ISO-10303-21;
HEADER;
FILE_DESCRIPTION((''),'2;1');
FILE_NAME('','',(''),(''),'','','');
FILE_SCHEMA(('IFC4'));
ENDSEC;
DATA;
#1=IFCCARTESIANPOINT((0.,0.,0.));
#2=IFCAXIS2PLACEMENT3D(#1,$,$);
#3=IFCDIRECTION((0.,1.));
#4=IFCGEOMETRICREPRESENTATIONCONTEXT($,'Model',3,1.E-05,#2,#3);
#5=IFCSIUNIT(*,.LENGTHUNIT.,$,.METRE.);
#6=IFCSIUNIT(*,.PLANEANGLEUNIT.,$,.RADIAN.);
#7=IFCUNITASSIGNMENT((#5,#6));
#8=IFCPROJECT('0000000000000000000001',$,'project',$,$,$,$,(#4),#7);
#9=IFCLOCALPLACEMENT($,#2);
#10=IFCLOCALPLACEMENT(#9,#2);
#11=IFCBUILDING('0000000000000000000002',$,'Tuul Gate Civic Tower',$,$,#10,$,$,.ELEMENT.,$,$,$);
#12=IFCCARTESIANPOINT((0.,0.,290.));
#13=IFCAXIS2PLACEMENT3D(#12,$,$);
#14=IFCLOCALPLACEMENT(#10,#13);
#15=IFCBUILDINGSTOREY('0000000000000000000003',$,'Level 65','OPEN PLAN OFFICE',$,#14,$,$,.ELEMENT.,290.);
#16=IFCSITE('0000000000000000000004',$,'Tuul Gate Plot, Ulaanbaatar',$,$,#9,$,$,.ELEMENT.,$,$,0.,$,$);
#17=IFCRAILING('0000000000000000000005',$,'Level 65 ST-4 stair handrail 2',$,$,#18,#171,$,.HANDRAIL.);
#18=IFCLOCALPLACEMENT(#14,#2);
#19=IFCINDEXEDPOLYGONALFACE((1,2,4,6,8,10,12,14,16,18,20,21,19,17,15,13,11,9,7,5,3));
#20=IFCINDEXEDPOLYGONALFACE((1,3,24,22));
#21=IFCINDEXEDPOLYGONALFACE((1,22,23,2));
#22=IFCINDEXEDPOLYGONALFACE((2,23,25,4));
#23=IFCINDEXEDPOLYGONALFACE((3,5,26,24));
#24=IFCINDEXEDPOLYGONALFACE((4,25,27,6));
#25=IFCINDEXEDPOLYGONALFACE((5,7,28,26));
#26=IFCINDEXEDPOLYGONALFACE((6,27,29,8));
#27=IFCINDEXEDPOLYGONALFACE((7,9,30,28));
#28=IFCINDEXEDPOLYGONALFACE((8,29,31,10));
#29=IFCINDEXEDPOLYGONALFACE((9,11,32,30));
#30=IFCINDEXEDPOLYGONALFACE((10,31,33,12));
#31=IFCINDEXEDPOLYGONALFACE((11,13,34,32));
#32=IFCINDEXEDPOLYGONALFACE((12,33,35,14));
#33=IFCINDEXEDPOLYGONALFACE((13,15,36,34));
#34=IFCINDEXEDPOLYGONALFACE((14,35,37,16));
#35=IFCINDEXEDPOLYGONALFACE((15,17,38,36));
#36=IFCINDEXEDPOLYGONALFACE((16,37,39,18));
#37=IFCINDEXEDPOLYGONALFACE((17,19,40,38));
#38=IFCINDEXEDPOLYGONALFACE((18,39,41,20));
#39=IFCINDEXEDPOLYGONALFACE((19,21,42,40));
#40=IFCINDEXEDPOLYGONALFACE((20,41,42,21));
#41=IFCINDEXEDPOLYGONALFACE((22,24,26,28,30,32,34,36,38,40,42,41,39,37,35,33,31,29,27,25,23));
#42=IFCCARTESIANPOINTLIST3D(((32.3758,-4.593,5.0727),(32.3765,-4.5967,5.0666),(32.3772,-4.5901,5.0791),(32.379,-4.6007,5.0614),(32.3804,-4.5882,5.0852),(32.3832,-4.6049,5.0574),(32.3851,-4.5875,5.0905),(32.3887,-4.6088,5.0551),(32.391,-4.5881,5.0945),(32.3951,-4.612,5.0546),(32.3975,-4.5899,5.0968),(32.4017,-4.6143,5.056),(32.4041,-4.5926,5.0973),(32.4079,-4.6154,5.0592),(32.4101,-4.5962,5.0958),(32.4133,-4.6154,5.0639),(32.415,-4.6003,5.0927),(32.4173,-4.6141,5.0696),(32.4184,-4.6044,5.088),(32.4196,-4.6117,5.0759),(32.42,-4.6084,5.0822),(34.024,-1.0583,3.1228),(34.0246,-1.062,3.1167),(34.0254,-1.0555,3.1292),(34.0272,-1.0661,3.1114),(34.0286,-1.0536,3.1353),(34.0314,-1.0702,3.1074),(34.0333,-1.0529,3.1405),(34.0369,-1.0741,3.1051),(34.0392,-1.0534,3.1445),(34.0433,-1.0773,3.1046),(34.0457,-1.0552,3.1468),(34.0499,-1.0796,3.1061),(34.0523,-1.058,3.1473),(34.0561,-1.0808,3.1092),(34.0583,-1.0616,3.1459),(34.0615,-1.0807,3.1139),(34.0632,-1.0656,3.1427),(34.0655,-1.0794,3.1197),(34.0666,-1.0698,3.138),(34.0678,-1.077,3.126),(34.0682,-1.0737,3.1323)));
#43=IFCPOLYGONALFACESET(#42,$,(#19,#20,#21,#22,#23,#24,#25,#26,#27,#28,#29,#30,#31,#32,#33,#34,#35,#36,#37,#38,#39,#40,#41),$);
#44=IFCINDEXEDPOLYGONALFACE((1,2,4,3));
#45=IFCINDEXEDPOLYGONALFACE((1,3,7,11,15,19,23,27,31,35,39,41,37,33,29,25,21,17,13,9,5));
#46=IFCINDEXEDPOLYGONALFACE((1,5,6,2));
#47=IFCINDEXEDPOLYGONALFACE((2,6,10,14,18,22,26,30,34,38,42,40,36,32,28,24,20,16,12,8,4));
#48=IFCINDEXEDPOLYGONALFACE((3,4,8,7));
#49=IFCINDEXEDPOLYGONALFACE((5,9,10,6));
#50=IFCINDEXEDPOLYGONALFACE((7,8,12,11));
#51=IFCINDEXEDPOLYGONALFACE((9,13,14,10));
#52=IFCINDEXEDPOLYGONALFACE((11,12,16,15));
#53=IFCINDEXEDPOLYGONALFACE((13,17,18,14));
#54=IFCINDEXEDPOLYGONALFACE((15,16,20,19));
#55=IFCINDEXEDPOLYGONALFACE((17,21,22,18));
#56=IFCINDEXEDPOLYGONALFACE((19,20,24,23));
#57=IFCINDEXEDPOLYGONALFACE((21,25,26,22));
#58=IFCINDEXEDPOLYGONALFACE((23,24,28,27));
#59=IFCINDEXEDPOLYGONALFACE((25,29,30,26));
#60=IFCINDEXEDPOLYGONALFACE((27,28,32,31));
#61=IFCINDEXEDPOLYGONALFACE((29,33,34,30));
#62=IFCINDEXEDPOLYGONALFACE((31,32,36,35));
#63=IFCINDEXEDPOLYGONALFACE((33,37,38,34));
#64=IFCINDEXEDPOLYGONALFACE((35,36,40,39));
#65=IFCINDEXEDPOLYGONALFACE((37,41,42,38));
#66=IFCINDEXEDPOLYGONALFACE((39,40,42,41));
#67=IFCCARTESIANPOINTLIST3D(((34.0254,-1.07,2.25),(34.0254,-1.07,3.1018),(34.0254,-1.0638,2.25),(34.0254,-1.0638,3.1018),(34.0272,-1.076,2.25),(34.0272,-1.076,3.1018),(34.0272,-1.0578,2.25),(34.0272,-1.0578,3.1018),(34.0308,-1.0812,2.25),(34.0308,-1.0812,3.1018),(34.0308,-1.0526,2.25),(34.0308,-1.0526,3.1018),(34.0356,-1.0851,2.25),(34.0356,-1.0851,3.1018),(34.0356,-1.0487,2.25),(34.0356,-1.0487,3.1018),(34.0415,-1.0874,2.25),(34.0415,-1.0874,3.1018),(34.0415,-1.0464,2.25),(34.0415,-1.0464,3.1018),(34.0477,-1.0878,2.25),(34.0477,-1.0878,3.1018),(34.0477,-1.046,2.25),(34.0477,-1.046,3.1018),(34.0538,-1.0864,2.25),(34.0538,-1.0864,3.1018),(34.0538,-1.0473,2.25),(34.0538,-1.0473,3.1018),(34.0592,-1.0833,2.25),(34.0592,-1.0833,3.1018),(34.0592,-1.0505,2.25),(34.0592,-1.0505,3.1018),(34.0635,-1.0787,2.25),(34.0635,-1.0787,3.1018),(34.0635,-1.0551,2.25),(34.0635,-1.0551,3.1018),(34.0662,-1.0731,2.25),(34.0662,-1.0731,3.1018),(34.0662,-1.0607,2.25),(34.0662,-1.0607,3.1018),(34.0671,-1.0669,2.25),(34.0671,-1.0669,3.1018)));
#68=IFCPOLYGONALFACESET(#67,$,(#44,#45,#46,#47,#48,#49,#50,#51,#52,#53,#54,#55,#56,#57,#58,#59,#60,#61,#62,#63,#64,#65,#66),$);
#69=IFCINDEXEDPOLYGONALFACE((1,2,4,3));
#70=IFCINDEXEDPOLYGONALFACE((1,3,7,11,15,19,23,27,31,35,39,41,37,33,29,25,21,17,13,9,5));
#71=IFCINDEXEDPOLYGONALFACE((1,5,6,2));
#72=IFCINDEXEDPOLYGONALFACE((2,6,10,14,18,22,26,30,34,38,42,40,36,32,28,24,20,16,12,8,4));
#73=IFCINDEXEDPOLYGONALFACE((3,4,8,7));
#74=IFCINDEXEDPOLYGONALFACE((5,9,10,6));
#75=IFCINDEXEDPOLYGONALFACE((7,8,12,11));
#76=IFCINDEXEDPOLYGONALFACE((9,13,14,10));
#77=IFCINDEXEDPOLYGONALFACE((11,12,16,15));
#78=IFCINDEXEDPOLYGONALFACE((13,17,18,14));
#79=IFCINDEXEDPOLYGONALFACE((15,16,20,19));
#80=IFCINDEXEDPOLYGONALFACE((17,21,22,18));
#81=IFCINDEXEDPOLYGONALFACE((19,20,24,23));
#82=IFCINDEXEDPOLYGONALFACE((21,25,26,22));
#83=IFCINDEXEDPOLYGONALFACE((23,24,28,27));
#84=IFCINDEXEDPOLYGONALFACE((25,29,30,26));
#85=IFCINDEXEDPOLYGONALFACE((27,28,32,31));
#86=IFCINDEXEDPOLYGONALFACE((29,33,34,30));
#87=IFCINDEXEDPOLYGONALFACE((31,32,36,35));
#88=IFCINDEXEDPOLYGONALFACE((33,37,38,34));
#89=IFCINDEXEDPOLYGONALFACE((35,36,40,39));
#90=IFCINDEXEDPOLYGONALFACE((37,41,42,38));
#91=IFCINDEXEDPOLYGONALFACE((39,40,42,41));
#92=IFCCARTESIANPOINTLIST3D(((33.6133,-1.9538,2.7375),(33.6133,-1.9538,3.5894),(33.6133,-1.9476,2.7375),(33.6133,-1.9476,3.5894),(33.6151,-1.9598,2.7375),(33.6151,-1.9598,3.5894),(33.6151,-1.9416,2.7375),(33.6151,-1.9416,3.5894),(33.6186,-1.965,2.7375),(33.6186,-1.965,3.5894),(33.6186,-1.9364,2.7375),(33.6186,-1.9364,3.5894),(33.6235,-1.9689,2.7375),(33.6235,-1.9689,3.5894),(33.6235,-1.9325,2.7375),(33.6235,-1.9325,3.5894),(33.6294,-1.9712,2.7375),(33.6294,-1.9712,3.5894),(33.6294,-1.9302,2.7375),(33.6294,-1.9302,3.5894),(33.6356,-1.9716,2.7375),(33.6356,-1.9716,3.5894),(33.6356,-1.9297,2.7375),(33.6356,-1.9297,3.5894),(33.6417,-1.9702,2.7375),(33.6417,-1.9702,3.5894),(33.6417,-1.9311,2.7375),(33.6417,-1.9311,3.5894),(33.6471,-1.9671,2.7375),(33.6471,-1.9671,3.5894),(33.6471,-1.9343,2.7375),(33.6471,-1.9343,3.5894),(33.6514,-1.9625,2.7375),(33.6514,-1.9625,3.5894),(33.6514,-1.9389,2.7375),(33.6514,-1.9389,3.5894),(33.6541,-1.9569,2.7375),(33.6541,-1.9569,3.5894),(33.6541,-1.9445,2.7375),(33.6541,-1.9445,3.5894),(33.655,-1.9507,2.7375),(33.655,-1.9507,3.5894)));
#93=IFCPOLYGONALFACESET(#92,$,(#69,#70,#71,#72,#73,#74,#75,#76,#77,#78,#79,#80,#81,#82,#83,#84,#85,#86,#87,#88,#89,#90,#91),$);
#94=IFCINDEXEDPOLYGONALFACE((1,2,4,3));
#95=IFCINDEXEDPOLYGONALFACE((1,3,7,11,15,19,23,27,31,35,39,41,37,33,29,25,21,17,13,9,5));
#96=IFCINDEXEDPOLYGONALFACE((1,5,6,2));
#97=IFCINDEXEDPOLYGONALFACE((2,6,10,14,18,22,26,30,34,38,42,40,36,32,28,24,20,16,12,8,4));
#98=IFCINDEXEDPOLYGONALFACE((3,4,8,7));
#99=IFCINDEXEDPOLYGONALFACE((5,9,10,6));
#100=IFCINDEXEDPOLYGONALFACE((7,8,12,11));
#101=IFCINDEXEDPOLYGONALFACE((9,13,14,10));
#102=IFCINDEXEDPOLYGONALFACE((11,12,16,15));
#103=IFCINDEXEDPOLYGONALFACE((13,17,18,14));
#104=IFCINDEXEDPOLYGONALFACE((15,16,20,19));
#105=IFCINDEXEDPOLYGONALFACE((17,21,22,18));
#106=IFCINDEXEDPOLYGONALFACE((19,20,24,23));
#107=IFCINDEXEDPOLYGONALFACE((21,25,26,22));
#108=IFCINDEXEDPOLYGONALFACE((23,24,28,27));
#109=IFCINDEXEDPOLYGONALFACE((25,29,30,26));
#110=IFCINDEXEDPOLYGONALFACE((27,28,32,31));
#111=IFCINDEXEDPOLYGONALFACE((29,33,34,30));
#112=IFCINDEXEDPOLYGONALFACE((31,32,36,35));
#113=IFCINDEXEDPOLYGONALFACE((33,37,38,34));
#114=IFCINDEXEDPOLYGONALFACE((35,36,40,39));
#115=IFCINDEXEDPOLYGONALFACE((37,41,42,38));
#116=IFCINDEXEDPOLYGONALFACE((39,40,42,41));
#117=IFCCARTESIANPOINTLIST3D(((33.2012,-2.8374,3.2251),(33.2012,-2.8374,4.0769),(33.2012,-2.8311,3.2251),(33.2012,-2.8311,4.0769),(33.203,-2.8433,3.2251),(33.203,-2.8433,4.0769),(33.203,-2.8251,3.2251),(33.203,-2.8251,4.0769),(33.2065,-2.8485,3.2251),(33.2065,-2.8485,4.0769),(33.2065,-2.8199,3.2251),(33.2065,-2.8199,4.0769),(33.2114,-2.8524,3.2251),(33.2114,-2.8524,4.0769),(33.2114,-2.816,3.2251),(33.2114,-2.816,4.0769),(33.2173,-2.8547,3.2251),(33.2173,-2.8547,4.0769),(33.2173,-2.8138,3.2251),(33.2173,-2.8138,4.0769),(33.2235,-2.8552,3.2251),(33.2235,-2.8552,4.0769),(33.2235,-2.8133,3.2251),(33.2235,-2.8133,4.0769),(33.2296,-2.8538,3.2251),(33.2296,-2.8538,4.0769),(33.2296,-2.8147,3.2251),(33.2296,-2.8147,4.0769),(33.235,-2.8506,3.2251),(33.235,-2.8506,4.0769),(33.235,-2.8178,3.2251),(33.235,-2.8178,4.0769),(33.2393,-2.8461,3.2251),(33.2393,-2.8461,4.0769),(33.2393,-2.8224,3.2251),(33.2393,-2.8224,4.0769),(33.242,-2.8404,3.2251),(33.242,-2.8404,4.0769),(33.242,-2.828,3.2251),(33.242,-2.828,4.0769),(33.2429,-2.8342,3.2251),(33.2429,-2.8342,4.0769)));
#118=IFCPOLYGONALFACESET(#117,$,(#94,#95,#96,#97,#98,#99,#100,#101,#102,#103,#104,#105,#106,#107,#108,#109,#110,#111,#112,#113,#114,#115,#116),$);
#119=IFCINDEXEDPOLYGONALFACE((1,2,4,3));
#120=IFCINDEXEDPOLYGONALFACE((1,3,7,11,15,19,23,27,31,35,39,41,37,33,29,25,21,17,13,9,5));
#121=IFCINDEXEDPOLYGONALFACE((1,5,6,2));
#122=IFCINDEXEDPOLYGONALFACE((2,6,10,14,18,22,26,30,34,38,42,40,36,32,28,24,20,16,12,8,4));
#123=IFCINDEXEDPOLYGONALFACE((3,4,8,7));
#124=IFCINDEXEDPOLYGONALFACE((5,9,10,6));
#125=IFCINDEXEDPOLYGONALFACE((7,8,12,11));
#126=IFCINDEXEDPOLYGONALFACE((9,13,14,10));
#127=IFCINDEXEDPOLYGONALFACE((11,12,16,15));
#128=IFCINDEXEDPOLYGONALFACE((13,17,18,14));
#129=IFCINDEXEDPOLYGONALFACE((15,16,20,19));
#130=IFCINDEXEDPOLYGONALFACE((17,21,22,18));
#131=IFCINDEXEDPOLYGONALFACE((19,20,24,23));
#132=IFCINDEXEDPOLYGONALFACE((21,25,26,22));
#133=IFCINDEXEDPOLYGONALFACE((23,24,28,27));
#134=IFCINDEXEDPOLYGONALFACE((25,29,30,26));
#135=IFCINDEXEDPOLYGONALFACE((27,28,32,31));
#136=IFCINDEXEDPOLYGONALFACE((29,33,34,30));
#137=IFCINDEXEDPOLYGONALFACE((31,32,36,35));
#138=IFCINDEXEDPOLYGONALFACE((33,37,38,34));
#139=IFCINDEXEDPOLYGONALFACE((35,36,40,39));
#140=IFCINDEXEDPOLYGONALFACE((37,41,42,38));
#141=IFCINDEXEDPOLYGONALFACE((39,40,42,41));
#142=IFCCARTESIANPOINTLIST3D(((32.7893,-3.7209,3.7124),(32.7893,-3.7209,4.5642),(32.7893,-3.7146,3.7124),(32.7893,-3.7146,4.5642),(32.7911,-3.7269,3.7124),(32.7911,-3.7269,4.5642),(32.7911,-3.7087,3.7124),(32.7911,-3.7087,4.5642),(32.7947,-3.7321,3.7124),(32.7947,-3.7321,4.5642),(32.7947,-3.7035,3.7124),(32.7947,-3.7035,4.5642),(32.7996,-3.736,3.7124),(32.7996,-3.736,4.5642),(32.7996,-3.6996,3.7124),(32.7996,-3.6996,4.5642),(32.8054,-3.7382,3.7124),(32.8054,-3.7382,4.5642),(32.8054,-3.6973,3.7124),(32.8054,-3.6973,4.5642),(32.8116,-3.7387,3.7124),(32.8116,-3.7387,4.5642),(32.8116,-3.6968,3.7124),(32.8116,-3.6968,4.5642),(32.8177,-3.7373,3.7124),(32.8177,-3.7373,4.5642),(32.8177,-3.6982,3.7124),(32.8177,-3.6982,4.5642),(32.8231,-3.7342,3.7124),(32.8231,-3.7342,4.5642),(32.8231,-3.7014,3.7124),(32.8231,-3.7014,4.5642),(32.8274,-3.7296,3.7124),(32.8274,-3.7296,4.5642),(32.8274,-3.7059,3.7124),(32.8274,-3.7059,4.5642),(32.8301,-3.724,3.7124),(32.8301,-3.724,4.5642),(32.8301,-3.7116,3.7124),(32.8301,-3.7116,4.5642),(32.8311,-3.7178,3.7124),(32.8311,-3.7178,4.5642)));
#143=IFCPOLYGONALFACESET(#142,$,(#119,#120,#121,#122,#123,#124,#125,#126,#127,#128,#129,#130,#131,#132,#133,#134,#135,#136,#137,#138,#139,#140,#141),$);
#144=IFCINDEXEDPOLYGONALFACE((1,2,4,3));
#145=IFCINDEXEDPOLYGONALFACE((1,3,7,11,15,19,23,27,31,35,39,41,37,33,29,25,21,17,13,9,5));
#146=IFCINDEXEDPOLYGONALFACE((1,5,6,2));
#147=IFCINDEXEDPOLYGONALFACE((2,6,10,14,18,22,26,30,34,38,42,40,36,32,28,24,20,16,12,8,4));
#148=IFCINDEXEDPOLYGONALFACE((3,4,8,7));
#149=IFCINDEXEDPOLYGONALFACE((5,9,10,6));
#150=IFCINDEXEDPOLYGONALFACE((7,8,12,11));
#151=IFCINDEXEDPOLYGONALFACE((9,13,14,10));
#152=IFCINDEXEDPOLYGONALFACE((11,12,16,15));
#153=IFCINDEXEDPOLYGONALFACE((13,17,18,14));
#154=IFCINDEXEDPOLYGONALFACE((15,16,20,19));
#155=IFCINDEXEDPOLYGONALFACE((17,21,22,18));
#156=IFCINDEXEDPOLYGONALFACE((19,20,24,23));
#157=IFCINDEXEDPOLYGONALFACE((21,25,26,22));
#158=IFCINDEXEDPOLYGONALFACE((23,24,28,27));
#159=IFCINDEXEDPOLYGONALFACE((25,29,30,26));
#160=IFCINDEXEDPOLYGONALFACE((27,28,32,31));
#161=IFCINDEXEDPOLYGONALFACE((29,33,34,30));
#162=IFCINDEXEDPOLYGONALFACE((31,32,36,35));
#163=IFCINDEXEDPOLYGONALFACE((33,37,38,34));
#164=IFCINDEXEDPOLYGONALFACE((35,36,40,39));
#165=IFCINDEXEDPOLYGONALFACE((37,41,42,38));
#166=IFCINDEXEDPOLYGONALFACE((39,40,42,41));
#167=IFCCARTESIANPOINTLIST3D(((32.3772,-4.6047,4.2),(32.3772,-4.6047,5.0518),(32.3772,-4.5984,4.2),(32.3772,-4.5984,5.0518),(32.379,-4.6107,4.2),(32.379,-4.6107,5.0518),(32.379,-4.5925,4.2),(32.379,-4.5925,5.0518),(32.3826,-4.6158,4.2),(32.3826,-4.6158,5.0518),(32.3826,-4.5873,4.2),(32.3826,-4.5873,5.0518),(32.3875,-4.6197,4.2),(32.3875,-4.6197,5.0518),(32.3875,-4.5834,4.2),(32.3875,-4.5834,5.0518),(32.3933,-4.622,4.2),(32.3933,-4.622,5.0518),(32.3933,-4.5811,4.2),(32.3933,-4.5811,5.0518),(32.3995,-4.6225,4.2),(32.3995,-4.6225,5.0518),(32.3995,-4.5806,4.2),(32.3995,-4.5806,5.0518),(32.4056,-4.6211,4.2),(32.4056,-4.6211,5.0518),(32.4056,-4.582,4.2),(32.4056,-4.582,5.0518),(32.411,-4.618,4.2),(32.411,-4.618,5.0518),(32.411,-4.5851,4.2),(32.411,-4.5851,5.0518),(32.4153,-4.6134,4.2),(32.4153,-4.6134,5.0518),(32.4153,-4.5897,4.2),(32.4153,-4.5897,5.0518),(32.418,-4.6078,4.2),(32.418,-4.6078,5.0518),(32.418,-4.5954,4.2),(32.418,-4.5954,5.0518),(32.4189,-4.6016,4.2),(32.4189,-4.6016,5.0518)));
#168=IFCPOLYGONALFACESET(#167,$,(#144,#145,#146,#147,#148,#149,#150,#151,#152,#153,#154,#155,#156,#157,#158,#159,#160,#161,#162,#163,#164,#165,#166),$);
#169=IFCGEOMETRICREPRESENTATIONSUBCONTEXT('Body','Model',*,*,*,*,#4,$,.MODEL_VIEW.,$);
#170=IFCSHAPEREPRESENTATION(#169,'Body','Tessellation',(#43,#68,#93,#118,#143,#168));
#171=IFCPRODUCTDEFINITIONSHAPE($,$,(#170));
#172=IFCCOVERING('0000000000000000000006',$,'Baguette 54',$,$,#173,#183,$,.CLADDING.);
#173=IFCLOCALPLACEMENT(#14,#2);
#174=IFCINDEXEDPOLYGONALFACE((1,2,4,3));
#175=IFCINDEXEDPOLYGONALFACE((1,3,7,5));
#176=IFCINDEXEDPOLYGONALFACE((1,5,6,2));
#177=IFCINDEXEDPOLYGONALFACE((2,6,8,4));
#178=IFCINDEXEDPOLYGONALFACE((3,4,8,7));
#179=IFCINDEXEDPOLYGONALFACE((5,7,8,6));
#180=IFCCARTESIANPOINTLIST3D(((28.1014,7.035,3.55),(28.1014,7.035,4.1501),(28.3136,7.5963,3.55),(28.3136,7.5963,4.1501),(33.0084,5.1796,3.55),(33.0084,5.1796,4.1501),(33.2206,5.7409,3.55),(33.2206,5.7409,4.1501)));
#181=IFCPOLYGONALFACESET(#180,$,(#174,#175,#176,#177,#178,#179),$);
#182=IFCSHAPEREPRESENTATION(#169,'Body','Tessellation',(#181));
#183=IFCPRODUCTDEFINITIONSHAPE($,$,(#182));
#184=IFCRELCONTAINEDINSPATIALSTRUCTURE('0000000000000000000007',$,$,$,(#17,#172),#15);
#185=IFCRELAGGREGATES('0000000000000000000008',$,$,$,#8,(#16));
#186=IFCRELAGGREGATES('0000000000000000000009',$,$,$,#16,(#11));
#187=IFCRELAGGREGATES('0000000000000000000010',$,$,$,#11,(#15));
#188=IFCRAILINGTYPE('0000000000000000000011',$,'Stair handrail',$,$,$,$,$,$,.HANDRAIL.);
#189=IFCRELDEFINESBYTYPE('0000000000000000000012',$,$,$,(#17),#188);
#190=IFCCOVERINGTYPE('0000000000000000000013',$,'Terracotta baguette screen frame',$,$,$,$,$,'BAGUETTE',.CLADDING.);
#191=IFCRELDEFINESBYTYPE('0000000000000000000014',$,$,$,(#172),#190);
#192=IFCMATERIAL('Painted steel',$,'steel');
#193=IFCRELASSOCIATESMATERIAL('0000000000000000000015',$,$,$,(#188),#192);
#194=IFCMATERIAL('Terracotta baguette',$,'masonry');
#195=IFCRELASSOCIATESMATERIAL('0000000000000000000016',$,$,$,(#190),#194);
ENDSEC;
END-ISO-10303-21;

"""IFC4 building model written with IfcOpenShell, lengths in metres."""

from ifc_helpers import new_model, si_unit, direction, frame, origin, origin_2d, place, context, subcontext, project, spatial, rectangle, circle, extrude, material, material_profile, profile_set, type_object, element, save


model = new_model("IFC4")

# Units and contexts
model_context = context("Model", 3, precision=1e-05, world=origin(), true_north=direction((0.0, 1.0)))
body_context = subcontext(model_context, "Body", "Model", "MODEL_VIEW")
ifc_project = project(units=[si_unit("LENGTHUNIT", "METRE"), si_unit("PLANEANGLEUNIT", "RADIAN")], contexts=[model_context])

# Site, building, storey
site_placement = place(None, origin())
site = spatial("IfcSite", under=ifc_project, at=site_placement, Name="Tuul Gate Plot, Ulaanbaatar", CompositionType="ELEMENT", RefElevation=0.0)
building_placement = place(site_placement, origin())
building = spatial("IfcBuilding", under=site, at=building_placement, Name="Tuul Gate Civic Tower", CompositionType="ELEMENT")
storey_placement = place(building_placement, frame((0.0, 0.0, 290.0)))
storey = spatial("IfcBuildingStorey", under=building, at=storey_placement, Name="Level 65", Description="OPEN PLAN OFFICE", CompositionType="ELEMENT", Elevation=290.0)

# Railing
ifc_material_1 = material(Name="Painted steel", Category="steel")
railing_type = type_object("IfcRailingType", Name="Stair handrail", PredefinedType="HANDRAIL", material=ifc_material_1)
railing_placement = place(storey_placement, frame((34.0461, -1.0669, 2.25)))
element("IfcRailing", 1, at=railing_placement, inside=storey, type_object=railing_type, Name="Level 65 ST-4 stair handrail 2", PredefinedType="HANDRAIL", context=body_context, shape_type="SweptSolid", body=[
    extrude(circle(Radius=0.0239, at=origin_2d()), frame((0.0, 0.0, 0.876), z_axis=(-0.377995, -0.810637, 0.4472), x_axis=(0.906313, -0.422608, 0.0)), (0.0, 0.0, 1.0), 4.3604),
    extrude(circle(Radius=0.021, at=origin_2d()), origin(), (0.0, 0.0, 1.0), 0.8518),
    extrude(circle(Radius=0.021, at=origin_2d()), frame((-0.4121, -0.8838, 0.4875)), (0.0, 0.0, 1.0), 0.8518),
    extrude(circle(Radius=0.021, at=origin_2d()), frame((-0.8242, -1.7673, 0.9751)), (0.0, 0.0, 1.0), 0.8518),
    extrude(circle(Radius=0.021, at=origin_2d()), frame((-1.2361, -2.6509, 1.4624)), (0.0, 0.0, 1.0), 0.8518),
    extrude(circle(Radius=0.021, at=origin_2d()), frame((-1.6482, -3.5347, 1.95)), (0.0, 0.0, 1.0), 0.8518),
])

# Covering
ifc_material_2 = material(Name="Terracotta baguette", Category="masonry")
ifc_material_profile_1 = material_profile(ifc_material_2, rectangle(XDim=0.6001, YDim=0.6001, at=origin_2d()), Name="Terracotta baguette screen frame")
ifc_profile_set_1 = profile_set([ifc_material_profile_1], Name="Terracotta baguette")
covering_type = type_object("IfcCoveringType", Name="Terracotta baguette screen frame", ElementType="BAGUETTE", PredefinedType="CLADDING", material=ifc_profile_set_1)
covering_placement = place(storey_placement, frame((33.1145, 5.4602, 3.8501), z_axis=(-0.935364, 0.353687, 0.0), x_axis=(-0.353687, -0.935364, 0.0)))
element("IfcCovering", 2, at=covering_placement, inside=storey, type_object=covering_type, Name="Baguette 54", PredefinedType="CLADDING", context=body_context, shape_type="SweptSolid", body=[
    extrude(rectangle(XDim=0.6001, YDim=0.6001, at=origin_2d()), origin(), (0.0, 0.0, 1.0), 5.2461),
])

save(model, "model.ifc")
